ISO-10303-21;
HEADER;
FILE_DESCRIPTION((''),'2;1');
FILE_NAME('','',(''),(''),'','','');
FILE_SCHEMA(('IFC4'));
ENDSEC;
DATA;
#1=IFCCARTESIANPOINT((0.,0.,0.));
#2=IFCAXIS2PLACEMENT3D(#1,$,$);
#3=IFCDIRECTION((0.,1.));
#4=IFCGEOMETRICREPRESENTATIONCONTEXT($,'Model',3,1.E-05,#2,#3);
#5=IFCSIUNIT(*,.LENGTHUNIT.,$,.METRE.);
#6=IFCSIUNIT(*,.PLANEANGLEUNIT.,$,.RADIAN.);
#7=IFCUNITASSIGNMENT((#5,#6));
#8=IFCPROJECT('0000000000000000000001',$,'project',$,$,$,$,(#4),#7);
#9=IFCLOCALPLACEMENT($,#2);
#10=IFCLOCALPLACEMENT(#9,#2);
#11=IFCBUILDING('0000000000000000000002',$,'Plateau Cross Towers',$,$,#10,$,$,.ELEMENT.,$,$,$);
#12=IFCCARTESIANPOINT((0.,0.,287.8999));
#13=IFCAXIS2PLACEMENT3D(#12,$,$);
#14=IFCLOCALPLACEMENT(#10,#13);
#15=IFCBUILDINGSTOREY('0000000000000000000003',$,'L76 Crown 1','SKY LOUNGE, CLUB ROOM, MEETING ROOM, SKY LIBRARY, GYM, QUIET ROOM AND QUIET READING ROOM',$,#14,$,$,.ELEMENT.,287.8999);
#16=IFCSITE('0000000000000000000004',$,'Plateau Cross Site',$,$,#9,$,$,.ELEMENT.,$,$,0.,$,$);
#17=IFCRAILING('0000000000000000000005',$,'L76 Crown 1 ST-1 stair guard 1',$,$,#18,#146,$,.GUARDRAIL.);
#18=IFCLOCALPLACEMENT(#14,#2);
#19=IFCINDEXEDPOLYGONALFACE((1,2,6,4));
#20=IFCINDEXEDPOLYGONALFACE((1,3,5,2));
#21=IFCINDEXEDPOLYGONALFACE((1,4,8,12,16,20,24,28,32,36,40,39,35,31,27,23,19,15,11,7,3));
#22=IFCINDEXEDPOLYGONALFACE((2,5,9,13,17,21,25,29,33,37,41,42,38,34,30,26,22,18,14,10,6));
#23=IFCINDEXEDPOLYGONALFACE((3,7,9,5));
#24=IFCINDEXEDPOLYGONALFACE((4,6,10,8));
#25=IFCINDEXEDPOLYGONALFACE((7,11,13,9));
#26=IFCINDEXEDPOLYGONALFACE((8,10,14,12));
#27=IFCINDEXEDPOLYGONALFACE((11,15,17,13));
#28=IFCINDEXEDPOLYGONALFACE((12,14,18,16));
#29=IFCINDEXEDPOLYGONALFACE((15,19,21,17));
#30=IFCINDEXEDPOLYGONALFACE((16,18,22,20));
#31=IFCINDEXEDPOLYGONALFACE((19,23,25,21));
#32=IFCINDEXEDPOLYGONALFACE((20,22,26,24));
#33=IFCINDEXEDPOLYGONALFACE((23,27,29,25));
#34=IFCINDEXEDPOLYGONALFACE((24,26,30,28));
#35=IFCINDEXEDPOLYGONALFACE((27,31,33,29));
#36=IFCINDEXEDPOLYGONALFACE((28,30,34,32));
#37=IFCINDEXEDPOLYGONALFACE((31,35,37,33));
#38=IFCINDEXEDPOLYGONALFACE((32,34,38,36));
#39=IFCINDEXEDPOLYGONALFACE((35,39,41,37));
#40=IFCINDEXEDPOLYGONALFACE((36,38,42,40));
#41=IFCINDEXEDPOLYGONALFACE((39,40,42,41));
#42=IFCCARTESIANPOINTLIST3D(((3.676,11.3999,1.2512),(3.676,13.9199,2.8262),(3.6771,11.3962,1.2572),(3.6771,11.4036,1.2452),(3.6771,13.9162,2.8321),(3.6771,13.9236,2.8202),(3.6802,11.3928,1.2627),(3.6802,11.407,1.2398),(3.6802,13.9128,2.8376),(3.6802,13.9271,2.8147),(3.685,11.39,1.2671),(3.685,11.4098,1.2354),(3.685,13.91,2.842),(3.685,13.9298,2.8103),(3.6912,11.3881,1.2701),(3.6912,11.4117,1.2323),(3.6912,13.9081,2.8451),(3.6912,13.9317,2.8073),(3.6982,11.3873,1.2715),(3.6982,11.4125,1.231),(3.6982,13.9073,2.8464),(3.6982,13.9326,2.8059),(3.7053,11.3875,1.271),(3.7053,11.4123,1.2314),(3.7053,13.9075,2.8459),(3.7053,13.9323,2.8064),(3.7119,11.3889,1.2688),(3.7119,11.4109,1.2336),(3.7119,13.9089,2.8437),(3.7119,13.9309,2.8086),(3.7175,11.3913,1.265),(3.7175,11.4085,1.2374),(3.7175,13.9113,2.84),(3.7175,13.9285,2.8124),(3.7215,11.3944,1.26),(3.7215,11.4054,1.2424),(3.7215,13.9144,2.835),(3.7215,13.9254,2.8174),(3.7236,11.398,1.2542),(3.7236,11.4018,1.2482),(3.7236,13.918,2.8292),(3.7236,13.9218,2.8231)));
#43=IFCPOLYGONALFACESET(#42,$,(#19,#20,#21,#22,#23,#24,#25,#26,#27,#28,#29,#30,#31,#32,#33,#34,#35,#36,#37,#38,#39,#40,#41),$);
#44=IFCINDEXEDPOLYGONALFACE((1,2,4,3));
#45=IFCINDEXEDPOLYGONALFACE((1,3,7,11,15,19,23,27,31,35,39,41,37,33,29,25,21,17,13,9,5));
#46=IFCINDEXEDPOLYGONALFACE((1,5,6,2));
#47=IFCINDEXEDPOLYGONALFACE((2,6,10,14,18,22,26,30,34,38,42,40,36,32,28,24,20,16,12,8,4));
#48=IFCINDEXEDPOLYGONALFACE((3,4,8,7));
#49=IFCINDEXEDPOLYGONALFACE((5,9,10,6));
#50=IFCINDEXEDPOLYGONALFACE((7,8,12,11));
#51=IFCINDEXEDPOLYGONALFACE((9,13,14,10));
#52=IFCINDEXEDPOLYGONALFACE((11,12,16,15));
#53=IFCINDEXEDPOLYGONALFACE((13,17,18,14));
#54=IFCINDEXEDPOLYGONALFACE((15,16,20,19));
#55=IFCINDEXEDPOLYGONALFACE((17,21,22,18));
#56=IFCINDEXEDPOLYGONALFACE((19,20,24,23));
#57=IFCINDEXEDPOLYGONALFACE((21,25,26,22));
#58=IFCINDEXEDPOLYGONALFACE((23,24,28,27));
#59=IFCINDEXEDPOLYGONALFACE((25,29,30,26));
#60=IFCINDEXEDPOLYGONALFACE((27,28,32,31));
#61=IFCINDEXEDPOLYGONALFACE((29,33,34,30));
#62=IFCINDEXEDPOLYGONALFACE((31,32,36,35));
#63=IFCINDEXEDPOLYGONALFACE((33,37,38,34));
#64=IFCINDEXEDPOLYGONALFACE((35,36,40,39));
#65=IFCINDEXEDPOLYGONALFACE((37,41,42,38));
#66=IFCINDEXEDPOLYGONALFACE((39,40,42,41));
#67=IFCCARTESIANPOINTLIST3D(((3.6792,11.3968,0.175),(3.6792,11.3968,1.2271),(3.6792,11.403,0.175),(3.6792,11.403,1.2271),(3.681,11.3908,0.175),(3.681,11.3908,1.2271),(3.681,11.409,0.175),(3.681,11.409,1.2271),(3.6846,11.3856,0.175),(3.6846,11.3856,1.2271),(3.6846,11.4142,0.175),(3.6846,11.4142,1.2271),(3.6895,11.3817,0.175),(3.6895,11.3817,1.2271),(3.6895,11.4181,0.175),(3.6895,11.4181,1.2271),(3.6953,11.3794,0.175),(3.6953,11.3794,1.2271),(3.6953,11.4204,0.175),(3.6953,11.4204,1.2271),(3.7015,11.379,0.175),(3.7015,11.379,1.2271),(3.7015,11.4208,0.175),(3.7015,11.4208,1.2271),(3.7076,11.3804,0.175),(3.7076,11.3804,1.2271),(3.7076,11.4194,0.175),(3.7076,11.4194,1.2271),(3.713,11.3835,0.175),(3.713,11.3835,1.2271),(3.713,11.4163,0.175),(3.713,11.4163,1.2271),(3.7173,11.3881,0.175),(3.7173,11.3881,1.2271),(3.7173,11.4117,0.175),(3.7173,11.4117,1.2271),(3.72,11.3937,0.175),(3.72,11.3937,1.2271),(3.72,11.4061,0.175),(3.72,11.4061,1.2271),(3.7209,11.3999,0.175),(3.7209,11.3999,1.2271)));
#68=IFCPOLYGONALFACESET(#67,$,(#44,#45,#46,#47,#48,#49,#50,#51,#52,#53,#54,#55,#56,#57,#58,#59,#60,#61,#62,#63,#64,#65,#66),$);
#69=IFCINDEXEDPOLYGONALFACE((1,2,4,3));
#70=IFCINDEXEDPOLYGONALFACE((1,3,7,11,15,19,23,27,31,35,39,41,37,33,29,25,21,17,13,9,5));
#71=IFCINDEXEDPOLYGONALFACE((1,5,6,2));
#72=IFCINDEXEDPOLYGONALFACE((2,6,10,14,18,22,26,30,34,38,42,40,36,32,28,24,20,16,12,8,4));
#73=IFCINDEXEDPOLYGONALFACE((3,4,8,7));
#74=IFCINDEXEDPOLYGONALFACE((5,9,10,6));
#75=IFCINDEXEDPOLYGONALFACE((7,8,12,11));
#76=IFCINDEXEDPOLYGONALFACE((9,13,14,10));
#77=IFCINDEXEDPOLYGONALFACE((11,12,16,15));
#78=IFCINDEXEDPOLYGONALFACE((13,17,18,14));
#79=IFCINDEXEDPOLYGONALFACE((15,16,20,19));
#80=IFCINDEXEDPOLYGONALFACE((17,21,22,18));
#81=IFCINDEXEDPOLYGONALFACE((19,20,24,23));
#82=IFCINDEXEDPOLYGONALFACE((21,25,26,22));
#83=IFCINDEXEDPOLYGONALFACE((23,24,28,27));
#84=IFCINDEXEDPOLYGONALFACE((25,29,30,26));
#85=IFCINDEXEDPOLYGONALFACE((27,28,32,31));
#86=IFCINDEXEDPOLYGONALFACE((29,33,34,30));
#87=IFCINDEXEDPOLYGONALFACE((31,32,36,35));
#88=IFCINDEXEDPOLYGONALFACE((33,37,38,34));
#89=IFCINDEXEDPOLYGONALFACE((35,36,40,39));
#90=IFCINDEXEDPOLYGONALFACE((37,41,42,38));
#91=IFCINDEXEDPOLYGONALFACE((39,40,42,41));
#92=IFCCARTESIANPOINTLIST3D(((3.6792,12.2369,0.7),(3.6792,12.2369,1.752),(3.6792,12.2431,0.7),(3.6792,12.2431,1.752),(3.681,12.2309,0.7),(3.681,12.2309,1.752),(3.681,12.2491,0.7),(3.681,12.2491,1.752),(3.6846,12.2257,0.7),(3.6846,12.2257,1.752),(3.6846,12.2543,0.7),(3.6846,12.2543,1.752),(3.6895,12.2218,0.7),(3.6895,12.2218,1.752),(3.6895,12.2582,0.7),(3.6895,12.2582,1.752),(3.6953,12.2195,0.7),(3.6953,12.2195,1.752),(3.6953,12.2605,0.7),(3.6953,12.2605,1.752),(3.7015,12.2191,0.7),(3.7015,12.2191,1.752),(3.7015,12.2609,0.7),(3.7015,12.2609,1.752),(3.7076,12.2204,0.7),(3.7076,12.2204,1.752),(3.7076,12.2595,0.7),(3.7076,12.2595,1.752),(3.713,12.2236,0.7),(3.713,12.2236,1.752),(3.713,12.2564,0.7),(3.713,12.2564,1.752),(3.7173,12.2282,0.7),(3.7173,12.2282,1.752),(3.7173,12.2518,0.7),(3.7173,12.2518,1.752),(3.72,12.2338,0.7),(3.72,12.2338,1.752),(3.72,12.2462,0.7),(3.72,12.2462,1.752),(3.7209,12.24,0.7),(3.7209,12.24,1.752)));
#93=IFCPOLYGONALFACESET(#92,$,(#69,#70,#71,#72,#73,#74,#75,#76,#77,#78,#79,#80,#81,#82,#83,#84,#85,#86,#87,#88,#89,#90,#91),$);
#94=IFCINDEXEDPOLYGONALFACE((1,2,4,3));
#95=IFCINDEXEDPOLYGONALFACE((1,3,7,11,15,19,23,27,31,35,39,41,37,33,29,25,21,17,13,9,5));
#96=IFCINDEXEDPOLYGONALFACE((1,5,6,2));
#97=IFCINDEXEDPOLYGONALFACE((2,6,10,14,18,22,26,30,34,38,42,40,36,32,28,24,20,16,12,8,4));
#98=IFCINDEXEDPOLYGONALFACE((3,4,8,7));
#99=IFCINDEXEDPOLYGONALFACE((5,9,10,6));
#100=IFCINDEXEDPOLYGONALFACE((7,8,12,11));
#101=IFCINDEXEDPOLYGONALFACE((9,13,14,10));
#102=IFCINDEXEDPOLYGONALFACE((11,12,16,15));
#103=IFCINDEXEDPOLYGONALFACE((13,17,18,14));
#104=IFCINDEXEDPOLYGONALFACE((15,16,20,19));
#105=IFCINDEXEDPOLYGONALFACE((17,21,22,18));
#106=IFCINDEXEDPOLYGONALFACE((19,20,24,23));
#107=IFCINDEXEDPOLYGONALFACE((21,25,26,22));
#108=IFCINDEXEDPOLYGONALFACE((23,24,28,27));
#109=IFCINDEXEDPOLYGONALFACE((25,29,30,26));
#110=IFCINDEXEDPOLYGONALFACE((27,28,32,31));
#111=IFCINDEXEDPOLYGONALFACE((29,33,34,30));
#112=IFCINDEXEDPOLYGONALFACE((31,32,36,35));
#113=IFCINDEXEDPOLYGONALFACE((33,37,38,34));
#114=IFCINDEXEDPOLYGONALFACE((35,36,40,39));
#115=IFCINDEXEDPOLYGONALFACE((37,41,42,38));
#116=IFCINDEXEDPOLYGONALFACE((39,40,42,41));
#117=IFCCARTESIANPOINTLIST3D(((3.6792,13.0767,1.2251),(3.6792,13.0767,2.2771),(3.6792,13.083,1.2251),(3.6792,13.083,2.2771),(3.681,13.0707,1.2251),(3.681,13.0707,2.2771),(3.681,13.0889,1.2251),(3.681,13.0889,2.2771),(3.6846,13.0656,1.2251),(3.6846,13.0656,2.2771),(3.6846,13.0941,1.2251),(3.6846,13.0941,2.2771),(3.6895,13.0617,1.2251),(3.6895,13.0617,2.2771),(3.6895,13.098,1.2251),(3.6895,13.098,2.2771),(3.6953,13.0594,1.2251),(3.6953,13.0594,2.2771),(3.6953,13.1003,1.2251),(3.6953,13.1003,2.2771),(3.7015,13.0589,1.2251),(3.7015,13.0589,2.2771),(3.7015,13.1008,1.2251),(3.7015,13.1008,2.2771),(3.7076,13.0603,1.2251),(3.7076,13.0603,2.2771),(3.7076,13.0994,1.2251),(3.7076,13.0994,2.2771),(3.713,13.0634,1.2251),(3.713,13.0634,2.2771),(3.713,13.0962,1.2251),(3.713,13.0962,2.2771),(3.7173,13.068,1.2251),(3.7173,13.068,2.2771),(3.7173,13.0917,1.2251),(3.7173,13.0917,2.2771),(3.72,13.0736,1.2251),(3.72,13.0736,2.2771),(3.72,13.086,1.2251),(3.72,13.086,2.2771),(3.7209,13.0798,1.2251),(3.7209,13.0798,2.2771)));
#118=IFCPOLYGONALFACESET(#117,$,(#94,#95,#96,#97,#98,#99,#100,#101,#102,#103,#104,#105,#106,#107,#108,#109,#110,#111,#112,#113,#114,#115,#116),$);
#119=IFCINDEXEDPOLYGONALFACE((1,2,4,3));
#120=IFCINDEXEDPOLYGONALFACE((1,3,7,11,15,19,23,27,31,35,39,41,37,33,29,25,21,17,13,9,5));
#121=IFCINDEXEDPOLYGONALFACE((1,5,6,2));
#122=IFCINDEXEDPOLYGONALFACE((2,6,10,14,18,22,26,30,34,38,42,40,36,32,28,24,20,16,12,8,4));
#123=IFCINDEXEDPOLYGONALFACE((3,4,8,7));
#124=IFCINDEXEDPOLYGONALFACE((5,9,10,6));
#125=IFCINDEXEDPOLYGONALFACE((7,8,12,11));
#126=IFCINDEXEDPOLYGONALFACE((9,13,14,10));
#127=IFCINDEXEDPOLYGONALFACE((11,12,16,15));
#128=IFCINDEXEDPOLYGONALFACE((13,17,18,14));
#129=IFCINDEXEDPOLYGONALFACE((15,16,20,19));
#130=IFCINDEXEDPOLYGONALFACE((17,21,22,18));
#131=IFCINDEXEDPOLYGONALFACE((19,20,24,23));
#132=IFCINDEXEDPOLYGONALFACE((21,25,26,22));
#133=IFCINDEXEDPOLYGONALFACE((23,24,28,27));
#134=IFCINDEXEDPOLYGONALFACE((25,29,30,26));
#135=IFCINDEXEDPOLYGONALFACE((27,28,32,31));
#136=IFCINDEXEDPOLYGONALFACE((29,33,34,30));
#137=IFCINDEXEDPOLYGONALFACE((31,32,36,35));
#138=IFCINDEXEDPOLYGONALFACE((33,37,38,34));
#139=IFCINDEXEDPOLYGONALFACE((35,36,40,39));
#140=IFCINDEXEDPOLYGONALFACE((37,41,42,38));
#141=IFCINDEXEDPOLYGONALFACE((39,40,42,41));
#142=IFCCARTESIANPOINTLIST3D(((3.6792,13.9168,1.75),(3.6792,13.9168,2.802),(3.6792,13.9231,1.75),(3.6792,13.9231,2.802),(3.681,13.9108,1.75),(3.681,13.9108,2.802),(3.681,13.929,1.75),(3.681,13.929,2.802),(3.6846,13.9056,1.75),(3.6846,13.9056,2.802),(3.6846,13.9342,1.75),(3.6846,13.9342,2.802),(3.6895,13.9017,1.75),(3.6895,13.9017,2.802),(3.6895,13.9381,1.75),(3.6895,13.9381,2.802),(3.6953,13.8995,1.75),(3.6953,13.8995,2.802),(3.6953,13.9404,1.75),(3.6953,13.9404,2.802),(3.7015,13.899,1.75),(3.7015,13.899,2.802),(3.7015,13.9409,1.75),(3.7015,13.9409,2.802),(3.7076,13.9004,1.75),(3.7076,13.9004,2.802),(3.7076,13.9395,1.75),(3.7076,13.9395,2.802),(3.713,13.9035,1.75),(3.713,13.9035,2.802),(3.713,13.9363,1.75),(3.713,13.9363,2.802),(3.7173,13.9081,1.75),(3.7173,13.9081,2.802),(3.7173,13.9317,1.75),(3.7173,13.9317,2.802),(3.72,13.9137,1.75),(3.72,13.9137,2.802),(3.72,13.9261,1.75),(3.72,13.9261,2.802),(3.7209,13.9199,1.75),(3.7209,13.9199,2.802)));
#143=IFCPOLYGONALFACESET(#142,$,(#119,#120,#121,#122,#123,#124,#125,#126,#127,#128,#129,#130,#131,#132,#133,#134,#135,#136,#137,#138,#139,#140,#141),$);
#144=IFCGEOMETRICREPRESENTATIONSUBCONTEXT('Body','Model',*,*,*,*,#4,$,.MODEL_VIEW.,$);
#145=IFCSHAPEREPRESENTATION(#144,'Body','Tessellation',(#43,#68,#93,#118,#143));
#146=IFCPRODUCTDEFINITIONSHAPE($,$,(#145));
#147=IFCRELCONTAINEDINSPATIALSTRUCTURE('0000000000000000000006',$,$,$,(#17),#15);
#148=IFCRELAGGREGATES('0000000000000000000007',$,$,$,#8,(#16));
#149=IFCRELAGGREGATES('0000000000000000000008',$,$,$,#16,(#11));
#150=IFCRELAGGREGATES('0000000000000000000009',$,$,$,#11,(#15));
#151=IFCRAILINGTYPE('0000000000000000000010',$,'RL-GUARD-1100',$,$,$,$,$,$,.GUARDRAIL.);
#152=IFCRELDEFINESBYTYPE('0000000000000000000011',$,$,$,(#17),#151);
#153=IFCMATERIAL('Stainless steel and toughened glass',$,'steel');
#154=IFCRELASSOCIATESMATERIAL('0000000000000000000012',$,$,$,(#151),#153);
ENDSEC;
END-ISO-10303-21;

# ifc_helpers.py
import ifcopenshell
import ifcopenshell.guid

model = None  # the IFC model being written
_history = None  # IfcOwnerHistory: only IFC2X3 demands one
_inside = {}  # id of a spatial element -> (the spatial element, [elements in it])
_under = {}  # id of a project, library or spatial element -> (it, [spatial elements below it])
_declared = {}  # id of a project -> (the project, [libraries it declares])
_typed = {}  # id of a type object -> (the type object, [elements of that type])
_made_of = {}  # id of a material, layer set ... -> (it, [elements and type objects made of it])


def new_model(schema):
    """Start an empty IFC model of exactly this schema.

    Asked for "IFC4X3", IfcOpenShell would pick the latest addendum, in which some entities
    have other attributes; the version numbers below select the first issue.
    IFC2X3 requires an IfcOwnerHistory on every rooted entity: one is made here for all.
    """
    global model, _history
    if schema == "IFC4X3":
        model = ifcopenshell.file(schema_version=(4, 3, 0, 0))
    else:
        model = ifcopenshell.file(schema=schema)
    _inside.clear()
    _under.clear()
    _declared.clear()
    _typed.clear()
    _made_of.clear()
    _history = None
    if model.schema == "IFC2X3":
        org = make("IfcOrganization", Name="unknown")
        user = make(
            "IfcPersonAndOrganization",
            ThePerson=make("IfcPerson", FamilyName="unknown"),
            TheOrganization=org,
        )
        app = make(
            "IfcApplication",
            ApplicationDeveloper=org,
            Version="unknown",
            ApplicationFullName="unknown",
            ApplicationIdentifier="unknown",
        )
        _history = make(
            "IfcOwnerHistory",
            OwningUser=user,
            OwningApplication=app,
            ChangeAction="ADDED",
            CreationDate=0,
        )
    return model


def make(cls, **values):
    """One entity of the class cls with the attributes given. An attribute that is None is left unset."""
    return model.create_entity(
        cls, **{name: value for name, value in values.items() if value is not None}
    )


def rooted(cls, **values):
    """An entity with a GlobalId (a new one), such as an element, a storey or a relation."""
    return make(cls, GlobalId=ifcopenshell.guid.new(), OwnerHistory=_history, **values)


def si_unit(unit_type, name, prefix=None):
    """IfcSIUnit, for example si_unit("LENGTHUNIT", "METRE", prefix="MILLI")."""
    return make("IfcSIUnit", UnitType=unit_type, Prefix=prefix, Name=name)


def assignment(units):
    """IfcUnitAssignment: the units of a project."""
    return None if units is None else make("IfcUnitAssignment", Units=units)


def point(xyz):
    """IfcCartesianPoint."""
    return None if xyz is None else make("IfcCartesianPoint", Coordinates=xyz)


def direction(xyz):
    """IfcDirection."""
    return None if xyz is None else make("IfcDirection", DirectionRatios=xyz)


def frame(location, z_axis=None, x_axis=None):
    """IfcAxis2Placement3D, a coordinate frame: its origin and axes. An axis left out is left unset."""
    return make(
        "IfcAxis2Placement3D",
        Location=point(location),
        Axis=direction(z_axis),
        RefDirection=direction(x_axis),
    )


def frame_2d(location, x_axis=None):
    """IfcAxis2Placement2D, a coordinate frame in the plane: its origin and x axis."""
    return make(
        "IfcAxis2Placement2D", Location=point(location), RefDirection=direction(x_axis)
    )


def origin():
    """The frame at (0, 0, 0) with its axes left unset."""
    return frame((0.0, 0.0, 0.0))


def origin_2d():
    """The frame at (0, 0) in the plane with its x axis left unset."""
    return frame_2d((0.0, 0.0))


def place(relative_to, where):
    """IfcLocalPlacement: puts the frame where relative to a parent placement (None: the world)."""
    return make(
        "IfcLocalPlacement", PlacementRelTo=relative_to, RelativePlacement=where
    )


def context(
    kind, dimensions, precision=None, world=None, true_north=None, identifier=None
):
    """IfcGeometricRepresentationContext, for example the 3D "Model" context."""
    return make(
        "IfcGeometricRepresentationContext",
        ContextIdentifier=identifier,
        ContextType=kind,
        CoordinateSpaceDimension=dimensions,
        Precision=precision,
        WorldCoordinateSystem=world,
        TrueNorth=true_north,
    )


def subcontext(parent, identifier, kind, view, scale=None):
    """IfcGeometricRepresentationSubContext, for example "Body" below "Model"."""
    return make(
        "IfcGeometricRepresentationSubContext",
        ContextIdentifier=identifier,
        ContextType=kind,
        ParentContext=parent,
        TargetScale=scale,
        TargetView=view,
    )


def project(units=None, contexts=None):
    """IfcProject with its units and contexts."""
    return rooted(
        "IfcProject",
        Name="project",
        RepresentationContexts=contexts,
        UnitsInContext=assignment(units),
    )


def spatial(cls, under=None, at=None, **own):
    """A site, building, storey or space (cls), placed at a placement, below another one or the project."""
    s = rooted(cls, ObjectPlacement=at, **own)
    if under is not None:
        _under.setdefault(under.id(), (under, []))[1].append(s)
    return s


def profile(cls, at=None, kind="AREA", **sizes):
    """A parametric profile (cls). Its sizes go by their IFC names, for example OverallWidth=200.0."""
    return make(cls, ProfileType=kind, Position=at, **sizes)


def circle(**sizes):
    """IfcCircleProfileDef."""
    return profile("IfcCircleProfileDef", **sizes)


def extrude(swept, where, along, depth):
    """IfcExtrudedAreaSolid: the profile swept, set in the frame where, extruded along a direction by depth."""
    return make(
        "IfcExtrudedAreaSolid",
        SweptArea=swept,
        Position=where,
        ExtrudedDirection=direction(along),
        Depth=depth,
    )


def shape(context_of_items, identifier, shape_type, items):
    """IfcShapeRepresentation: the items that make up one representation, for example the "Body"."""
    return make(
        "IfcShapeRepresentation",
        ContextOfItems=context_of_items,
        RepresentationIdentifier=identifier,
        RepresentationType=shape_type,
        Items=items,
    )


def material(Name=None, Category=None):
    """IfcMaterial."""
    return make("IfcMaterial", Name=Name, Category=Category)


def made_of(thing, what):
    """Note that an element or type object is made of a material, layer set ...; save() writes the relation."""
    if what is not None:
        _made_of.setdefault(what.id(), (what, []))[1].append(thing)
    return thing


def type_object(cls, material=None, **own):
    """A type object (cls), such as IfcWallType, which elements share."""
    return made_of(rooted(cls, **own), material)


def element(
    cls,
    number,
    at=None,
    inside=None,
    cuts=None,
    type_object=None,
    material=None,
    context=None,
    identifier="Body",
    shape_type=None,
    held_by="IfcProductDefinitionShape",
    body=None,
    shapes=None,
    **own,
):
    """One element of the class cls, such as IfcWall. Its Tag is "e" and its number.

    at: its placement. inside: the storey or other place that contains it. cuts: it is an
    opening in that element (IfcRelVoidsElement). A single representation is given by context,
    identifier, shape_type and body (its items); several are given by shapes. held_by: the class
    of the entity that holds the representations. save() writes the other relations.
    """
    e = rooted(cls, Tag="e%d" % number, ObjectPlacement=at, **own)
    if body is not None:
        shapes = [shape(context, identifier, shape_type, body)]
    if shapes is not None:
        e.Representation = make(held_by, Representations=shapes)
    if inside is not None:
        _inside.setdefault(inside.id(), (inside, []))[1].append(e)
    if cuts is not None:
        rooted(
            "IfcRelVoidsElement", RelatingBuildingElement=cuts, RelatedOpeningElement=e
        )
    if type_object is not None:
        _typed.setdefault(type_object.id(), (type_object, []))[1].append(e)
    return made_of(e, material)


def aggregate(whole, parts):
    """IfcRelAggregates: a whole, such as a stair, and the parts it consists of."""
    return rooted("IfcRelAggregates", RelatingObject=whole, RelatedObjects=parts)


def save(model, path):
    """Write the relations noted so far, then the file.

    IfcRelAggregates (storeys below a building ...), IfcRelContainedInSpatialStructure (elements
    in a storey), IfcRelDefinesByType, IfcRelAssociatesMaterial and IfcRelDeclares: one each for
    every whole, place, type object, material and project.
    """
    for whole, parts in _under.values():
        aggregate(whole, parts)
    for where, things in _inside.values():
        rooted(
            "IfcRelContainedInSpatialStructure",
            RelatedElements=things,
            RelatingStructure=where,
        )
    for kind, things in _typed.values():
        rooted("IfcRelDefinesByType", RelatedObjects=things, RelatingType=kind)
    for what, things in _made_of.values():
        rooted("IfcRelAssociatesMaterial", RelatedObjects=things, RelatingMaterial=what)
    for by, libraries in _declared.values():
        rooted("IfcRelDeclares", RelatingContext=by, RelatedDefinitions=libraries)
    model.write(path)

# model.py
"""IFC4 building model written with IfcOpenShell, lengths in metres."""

from ifc_helpers import new_model, si_unit, direction, frame, origin, origin_2d, place, context, subcontext, project, spatial, circle, extrude, material, type_object, element, save


model = new_model("IFC4")

# Units and contexts
model_context = context("Model", 3, precision=1e-05, world=origin(), true_north=direction((0.0, 1.0)))
body_context = subcontext(model_context, "Body", "Model", "MODEL_VIEW")
ifc_project = project(units=[si_unit("LENGTHUNIT", "METRE"), si_unit("PLANEANGLEUNIT", "RADIAN")], contexts=[model_context])

# Site, building, storey
site_placement = place(None, origin())
site = spatial("IfcSite", under=ifc_project, at=site_placement, Name="Plateau Cross Site", CompositionType="ELEMENT", RefElevation=0.0)
building_placement = place(site_placement, origin())
building = spatial("IfcBuilding", under=site, at=building_placement, Name="Plateau Cross Towers", CompositionType="ELEMENT")
storey_placement = place(building_placement, frame((0.0, 0.0, 287.8999)))
storey = spatial("IfcBuildingStorey", under=building, at=storey_placement, Name="L76 Crown 1", Description="SKY LOUNGE, CLUB ROOM, MEETING ROOM, SKY LIBRARY, GYM, QUIET ROOM AND QUIET READING ROOM", CompositionType="ELEMENT", Elevation=287.8999)

# Railing
ifc_material_1 = material(Name="Stainless steel and toughened glass", Category="steel")
railing_type_1 = type_object("IfcRailingType", Name="RL-GUARD-1100", PredefinedType="GUARDRAIL", material=ifc_material_1)
railing_1_placement = place(storey_placement, frame((3.7, 11.3999, 0.175)))
element("IfcRailing", 1, at=railing_1_placement, inside=storey, type_object=railing_type_1, Name="L76 Crown 1 ST-1 stair guard 1", PredefinedType="GUARDRAIL", context=body_context, shape_type="SweptSolid", body=[
    extrude(circle(Radius=0.0239, at=origin_2d()), frame((0.0, 0.0, 1.0762), z_axis=(0.0, 0.848008, 0.529984), x_axis=(-1.0, 0.0, 0.0)), (0.0, 0.0, 1.0), 2.9717),
    extrude(circle(Radius=0.021, at=origin_2d()), origin(), (0.0, 0.0, 1.0), 1.052),
    extrude(circle(Radius=0.021, at=origin_2d()), frame((0.0, 0.8401, 0.5249)), (0.0, 0.0, 1.0), 1.052),
    extrude(circle(Radius=0.021, at=origin_2d()), frame((0.0, 1.6799, 1.05)), (0.0, 0.0, 1.0), 1.052),
    extrude(circle(Radius=0.021, at=origin_2d()), frame((0.0, 2.52, 1.575)), (0.0, 0.0, 1.0), 1.052),
])

save(model, "model.ifc")
